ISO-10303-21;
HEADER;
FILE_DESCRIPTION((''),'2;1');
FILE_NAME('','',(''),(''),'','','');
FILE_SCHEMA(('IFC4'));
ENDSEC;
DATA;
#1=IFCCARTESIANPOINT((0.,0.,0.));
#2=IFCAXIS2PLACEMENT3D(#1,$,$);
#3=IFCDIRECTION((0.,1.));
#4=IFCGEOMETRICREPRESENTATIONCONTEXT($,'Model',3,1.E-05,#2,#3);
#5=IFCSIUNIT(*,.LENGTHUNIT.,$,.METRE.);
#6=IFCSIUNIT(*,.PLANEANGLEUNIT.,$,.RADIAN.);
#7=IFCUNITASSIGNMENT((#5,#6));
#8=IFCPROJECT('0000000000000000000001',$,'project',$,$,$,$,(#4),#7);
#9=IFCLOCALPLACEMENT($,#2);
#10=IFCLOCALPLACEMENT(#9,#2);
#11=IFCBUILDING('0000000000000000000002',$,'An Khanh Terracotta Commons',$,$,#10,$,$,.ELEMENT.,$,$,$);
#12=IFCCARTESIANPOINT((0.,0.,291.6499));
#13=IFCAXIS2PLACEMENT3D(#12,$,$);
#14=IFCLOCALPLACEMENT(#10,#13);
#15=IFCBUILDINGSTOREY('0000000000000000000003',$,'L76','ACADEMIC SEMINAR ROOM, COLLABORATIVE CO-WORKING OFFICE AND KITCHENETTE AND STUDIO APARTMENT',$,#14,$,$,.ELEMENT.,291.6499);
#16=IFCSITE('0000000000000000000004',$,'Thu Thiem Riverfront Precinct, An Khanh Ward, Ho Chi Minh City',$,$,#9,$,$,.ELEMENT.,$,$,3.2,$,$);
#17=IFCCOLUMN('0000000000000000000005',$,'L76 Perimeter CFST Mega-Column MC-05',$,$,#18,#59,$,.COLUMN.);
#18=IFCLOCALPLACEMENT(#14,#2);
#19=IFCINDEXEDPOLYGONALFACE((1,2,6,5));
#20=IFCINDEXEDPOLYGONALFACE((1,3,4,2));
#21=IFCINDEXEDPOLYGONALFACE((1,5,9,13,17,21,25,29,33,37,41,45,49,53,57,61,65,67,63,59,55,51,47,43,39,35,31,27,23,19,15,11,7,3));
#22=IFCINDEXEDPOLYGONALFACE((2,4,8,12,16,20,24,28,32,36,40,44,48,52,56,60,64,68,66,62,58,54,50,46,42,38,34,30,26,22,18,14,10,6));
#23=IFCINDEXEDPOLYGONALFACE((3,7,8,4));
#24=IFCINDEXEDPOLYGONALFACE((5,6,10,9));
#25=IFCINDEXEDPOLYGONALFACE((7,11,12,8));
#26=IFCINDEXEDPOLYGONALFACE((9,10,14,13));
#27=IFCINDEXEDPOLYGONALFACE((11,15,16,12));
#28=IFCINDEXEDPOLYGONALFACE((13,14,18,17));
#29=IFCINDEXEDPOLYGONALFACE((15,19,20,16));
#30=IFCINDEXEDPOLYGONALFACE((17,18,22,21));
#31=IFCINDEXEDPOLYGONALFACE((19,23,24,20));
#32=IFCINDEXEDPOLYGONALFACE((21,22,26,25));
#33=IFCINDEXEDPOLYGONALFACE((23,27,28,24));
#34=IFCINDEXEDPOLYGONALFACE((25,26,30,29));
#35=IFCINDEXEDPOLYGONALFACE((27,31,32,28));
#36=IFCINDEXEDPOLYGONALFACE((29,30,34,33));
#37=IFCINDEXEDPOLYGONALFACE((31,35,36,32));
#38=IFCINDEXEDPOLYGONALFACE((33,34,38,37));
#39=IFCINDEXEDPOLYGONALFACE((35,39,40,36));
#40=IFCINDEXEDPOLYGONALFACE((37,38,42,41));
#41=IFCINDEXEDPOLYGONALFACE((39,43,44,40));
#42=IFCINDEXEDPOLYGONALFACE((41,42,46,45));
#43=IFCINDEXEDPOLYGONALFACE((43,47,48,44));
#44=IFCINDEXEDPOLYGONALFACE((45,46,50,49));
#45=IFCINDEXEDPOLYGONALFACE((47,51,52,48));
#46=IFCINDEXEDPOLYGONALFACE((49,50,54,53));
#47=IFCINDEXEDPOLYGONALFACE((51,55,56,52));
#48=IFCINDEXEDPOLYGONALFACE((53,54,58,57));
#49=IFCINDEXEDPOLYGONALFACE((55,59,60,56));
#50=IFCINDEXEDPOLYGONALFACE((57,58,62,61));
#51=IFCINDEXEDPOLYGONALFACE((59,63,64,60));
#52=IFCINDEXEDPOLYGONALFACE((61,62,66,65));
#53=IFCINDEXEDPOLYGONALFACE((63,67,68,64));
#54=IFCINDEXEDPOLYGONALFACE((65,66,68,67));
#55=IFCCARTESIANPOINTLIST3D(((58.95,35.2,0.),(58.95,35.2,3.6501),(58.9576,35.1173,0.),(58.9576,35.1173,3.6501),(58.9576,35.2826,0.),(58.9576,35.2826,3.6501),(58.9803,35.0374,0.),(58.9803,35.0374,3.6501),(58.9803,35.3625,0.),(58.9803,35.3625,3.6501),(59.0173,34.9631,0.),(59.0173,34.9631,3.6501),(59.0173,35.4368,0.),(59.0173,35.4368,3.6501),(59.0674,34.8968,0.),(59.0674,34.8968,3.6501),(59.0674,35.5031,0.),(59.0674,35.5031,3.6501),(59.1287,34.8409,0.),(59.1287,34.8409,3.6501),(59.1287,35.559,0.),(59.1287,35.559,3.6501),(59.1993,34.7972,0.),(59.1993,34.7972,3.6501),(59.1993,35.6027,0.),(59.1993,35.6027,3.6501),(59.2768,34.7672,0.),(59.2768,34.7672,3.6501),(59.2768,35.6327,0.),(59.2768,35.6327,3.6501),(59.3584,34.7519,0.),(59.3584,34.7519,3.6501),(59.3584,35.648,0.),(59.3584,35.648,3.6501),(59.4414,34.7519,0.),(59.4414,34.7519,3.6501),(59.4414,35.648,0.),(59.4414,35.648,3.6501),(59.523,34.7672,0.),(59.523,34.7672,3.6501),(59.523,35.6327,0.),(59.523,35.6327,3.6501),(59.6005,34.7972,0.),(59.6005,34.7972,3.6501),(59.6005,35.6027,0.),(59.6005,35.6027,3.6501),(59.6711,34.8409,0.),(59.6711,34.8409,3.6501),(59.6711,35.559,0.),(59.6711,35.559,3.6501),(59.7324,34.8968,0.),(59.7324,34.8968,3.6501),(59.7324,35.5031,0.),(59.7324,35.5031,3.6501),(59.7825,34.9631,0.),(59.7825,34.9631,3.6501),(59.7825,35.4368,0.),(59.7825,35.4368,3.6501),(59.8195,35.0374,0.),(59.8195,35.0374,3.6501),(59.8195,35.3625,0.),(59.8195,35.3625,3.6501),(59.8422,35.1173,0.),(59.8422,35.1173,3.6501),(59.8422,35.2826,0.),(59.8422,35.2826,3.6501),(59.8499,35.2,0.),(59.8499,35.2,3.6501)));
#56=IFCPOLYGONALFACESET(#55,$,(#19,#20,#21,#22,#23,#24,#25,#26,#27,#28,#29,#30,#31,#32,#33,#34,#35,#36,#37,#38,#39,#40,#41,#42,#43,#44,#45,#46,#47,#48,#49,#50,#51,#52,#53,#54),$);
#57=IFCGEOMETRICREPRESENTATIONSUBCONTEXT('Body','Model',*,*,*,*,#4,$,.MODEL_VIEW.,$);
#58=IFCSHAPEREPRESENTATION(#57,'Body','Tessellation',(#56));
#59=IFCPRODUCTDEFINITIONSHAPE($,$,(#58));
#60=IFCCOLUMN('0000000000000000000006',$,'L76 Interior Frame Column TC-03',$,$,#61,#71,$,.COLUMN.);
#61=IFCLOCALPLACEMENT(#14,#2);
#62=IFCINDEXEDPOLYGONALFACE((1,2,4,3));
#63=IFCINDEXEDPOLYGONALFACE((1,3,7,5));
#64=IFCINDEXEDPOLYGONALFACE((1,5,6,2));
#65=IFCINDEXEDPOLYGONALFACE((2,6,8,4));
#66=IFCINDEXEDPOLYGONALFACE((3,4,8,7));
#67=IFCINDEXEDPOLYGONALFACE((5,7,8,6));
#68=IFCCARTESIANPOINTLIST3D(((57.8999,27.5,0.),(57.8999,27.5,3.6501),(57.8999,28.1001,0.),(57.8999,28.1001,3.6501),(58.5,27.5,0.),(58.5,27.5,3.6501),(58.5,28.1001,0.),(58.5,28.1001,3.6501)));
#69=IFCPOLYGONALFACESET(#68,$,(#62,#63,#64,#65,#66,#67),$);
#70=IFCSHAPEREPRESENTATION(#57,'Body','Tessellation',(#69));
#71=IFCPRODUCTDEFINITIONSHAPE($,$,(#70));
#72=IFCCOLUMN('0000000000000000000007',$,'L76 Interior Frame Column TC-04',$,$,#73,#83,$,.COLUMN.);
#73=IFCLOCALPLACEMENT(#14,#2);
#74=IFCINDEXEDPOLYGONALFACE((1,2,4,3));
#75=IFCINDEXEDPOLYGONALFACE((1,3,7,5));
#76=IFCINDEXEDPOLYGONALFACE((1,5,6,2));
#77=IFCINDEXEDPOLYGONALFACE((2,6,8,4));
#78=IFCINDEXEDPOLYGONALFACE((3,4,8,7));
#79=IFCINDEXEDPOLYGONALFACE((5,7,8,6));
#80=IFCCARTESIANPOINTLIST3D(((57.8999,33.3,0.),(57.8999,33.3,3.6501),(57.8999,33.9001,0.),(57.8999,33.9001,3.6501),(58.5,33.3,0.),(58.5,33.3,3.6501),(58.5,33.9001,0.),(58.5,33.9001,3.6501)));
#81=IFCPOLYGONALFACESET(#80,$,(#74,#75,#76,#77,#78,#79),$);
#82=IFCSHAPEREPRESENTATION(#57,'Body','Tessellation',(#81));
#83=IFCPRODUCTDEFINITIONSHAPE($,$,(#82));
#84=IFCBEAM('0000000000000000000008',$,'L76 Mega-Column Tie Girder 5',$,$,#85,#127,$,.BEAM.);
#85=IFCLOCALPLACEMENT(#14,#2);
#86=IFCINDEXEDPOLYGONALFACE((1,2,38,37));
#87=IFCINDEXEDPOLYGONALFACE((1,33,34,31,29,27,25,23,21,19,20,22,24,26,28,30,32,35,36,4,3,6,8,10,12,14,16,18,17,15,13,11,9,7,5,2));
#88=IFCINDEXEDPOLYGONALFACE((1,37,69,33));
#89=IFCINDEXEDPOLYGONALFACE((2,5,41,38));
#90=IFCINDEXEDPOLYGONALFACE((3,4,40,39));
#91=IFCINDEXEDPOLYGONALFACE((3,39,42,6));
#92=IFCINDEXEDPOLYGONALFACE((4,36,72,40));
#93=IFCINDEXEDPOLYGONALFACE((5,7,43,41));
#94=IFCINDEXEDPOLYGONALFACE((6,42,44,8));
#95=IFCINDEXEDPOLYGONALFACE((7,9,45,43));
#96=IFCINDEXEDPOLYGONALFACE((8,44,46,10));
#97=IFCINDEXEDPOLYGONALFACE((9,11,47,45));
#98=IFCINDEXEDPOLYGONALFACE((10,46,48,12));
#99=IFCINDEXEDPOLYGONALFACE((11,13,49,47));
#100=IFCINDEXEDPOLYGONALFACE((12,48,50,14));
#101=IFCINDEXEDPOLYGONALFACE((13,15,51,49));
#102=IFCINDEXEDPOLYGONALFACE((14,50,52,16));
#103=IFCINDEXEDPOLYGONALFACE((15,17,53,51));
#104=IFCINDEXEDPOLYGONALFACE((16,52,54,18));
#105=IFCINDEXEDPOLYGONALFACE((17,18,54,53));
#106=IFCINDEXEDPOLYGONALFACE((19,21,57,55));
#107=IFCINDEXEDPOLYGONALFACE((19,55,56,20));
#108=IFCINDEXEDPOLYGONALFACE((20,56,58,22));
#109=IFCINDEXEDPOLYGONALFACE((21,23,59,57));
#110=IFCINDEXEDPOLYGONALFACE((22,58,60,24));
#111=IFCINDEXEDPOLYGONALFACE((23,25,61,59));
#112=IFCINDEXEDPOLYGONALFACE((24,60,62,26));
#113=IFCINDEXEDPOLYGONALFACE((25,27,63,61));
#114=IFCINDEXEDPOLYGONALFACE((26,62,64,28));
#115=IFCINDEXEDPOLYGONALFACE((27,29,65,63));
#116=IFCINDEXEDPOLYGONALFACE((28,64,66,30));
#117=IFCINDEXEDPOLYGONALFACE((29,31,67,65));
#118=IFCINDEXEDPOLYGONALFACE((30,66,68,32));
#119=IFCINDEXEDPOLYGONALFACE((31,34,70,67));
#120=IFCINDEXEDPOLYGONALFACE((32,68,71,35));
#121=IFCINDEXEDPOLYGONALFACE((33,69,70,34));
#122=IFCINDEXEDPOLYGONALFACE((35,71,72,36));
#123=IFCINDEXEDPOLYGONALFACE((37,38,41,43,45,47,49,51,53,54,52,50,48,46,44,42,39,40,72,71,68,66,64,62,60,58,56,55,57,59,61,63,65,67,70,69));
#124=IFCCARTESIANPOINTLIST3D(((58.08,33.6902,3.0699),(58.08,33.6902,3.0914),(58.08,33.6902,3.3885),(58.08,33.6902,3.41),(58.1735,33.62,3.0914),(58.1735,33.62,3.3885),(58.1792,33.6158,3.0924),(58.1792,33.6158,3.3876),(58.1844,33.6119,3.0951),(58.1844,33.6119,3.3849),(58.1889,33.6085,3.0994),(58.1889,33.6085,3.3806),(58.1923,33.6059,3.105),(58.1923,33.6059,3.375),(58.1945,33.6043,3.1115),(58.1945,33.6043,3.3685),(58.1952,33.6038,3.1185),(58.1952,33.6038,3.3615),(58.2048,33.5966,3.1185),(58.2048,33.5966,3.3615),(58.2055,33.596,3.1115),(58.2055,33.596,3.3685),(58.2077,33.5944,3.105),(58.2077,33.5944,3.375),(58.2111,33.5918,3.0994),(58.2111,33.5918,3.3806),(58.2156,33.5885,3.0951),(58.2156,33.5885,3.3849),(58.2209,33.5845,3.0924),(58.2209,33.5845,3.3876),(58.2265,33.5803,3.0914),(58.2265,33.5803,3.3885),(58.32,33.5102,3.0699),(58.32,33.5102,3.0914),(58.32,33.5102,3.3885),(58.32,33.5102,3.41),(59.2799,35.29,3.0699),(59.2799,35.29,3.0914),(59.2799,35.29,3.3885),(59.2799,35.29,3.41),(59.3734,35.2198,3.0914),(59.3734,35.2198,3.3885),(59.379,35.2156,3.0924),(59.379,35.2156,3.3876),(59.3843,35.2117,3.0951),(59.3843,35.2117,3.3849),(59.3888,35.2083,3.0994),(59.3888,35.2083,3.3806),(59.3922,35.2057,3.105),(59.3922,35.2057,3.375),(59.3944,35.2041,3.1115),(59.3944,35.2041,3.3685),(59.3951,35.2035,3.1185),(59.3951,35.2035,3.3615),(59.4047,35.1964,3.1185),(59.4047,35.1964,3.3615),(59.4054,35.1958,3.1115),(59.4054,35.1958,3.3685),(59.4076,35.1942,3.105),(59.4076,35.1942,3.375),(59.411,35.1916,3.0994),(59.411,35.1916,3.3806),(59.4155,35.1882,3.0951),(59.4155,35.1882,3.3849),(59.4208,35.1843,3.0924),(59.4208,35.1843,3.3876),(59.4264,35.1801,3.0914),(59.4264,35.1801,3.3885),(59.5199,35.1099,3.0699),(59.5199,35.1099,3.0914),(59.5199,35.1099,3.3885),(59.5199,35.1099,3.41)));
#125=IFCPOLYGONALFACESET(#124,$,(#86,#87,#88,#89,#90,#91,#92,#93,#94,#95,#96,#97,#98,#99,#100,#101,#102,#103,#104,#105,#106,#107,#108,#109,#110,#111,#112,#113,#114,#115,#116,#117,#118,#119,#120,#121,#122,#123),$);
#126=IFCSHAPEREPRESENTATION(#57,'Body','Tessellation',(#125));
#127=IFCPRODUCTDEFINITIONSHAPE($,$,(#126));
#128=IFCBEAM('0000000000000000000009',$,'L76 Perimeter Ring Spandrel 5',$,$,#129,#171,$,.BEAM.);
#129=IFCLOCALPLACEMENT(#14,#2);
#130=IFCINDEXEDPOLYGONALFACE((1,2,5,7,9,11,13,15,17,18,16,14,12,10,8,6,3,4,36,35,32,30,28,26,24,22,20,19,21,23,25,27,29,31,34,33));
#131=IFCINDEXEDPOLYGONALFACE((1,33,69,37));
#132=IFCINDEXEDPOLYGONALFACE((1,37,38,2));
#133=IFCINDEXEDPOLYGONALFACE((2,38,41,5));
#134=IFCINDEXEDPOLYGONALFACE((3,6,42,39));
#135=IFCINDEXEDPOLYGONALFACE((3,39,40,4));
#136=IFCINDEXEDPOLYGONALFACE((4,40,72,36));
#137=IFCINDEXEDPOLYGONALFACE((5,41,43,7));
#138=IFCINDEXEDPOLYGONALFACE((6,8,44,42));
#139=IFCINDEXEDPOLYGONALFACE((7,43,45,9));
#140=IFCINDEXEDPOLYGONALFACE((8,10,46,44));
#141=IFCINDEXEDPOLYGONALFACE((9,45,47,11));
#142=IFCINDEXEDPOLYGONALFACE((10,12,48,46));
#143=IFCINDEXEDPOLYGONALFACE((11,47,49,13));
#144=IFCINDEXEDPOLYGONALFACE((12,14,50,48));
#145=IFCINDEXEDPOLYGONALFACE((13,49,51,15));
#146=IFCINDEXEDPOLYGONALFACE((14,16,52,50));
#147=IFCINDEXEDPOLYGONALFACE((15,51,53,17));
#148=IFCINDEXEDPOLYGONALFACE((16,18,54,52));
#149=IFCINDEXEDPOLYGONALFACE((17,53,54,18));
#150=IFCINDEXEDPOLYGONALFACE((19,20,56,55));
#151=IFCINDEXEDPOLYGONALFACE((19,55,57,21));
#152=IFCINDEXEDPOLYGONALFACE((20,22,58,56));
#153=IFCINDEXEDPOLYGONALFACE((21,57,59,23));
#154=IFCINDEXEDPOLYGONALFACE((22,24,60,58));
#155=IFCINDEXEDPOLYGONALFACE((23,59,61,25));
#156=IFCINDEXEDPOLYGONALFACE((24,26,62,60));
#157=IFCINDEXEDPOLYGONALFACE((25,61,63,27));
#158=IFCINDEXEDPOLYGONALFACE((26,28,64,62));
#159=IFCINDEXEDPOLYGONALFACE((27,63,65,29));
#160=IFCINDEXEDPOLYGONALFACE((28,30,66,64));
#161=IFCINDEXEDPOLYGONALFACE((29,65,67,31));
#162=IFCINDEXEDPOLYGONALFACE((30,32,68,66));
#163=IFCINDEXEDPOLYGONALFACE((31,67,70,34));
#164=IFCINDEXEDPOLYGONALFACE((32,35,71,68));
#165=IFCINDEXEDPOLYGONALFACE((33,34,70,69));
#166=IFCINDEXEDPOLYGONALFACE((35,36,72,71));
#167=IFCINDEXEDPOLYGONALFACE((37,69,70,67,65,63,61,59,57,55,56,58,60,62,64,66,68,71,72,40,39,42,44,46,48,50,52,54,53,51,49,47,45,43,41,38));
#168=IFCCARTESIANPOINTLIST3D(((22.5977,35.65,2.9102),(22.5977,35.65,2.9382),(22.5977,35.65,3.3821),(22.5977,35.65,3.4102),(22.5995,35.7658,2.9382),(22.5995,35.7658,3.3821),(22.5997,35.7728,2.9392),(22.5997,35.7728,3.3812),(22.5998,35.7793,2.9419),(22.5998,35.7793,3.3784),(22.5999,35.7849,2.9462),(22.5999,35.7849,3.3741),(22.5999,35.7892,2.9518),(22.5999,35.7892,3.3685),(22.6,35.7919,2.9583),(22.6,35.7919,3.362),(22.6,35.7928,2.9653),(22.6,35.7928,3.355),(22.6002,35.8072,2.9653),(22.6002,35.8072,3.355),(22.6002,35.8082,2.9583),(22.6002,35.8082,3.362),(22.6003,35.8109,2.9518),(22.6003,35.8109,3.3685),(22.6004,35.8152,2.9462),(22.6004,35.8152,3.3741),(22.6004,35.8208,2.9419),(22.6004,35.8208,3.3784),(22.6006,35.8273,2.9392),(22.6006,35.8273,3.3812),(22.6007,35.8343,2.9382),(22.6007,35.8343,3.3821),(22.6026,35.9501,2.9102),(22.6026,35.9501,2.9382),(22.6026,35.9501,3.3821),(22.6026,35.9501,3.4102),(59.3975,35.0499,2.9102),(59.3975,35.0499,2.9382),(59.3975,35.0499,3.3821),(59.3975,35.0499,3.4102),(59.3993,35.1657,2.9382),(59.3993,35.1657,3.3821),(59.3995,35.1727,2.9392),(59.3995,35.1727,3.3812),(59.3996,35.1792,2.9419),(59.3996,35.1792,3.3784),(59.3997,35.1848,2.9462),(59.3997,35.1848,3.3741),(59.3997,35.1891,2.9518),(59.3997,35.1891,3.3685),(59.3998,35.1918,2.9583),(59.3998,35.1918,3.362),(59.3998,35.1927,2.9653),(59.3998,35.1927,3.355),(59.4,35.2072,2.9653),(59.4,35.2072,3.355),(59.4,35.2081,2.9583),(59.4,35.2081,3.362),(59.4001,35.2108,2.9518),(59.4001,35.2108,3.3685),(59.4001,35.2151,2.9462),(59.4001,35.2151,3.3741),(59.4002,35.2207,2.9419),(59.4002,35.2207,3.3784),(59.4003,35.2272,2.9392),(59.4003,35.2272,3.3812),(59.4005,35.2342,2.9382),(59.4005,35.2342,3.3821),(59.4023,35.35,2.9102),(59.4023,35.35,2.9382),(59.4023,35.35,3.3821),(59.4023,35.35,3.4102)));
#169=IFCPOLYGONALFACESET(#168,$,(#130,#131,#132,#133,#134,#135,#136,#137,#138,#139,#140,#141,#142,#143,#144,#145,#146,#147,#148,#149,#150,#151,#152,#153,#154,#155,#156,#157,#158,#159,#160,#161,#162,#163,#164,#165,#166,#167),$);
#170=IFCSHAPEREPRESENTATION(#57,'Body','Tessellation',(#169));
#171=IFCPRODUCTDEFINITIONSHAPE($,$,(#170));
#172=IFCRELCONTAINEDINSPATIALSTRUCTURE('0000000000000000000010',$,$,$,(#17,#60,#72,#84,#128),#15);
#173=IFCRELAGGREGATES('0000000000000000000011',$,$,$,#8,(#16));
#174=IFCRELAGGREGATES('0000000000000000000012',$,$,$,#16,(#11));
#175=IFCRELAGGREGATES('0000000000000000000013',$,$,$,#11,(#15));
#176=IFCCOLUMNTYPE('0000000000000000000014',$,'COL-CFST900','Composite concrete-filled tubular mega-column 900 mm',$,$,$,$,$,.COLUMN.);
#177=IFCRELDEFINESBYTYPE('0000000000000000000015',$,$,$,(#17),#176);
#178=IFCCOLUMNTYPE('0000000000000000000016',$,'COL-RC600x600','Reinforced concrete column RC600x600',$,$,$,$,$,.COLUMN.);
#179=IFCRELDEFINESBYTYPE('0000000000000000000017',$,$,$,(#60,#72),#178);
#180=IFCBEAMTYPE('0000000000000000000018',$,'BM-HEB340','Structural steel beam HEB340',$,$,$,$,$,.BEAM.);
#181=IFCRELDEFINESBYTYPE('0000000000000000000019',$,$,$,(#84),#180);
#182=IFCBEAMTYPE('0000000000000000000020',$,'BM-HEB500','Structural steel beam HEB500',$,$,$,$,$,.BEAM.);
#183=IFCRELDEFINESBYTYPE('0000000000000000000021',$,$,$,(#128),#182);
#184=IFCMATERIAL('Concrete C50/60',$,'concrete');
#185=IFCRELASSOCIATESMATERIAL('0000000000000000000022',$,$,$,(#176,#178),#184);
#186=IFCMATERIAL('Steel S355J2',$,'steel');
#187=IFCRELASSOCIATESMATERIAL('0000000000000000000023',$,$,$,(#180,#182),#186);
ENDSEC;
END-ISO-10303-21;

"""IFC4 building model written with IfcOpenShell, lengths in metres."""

from ifc_helpers import new_model, si_unit, direction, frame, origin, origin_2d, place, context, subcontext, project, spatial, rectangle, circle, i_section, extrude, material, material_profile, profile_set, type_object, element, save


model = new_model("IFC4")

# Units and contexts
model_context = context("Model", 3, precision=1e-05, world=origin(), true_north=direction((0.0, 1.0)))
body_context = subcontext(model_context, "Body", "Model", "MODEL_VIEW")
ifc_project = project(units=[si_unit("LENGTHUNIT", "METRE"), si_unit("PLANEANGLEUNIT", "RADIAN")], contexts=[model_context])

# Site, building, storey
site_placement = place(None, origin())
site = spatial("IfcSite", under=ifc_project, at=site_placement, Name="Thu Thiem Riverfront Precinct, An Khanh Ward, Ho Chi Minh City", CompositionType="ELEMENT", RefElevation=3.2)
building_placement = place(site_placement, origin())
building = spatial("IfcBuilding", under=site, at=building_placement, Name="An Khanh Terracotta Commons", CompositionType="ELEMENT")
storey_placement = place(building_placement, frame((0.0, 0.0, 291.6499)))
storey = spatial("IfcBuildingStorey", under=building, at=storey_placement, Name="L76", Description="ACADEMIC SEMINAR ROOM, COLLABORATIVE CO-WORKING OFFICE AND KITCHENETTE AND STUDIO APARTMENT", CompositionType="ELEMENT", Elevation=291.6499)

# Columns
ifc_material_1 = material(Name="Concrete C50/60", Category="concrete")
ifc_material_profile_1 = material_profile(ifc_material_1, circle(Radius=0.45, at=origin_2d()), Name="CFST900")
ifc_profile_set_1 = profile_set([ifc_material_profile_1], Name="Concrete C50/60")
column_type_1 = type_object("IfcColumnType", Name="COL-CFST900", Description="Composite concrete-filled tubular mega-column 900 mm", PredefinedType="COLUMN", material=ifc_profile_set_1)
column_placement = place(storey_placement, frame((59.3999, 35.2, 0.0), z_axis=(0.0, 0.0, 1.0), x_axis=(1.0, 0.0, 0.0)))
element("IfcColumn", 1, at=column_placement, inside=storey, type_object=column_type_1, Name="L76 Perimeter CFST Mega-Column MC-05", PredefinedType="COLUMN", context=body_context, shape_type="SweptSolid", body=[
    extrude(circle(Radius=0.45, at=origin_2d()), origin(), (0.0, 0.0, 1.0), 3.6501),
])
ifc_material_profile_2 = material_profile(ifc_material_1, rectangle(XDim=0.6001, YDim=0.6001, at=origin_2d()), Name="RC600x600")
ifc_profile_set_2 = profile_set([ifc_material_profile_2], Name="Concrete C50/60")
column_type_2 = type_object("IfcColumnType", Name="COL-RC600x600", Description="Reinforced concrete column RC600x600", PredefinedType="COLUMN", material=ifc_profile_set_2)
for number, where, z_axis, x_axis, name in (
    (2, (58.2, 27.8, 0.0), (0.0, 0.0, 1.0), (1.0, 0.0, 0.0), "L76 Interior Frame Column TC-03"),
    (3, (58.2, 33.6001, 0.0), (0.0, 0.0, 1.0), (1.0, 0.0, 0.0), "L76 Interior Frame Column TC-04"),
):
    element("IfcColumn", number, at=place(storey_placement, frame(where, z_axis=z_axis, x_axis=x_axis)), inside=storey, type_object=column_type_2, Name=name, PredefinedType="COLUMN", context=body_context, shape_type="SweptSolid", body=[
        extrude(rectangle(XDim=0.6001, YDim=0.6001, at=origin_2d()), origin(), (0.0, 0.0, 1.0), 3.6501),
    ])

# Beams
ifc_material_2 = material(Name="Steel S355J2", Category="steel")
ifc_material_profile_3 = material_profile(ifc_material_2, i_section(OverallWidth=0.3, OverallDepth=0.3401, WebThickness=0.012, FlangeThickness=0.0215, FilletRadius=0.0271, at=origin_2d()), Name="HEB340")
ifc_profile_set_3 = profile_set([ifc_material_profile_3], Name="Steel S355J2")
beam_type_1 = type_object("IfcBeamType", Name="BM-HEB340", Description="Structural steel beam HEB340", PredefinedType="BEAM", material=ifc_profile_set_3)
beam_1_placement = place(storey_placement, frame((59.3999, 35.2, 3.24), z_axis=(-0.60002, -0.799985, 0.0), x_axis=(0.799985, -0.60002, 0.0)))
element("IfcBeam", 4, at=beam_1_placement, inside=storey, type_object=beam_type_1, Name="L76 Mega-Column Tie Girder 5", PredefinedType="BEAM", context=body_context, shape_type="SweptSolid", body=[
    extrude(i_section(OverallWidth=0.3, OverallDepth=0.3401, WebThickness=0.012, FlangeThickness=0.0215, FilletRadius=0.0271, at=origin_2d()), origin(), (0.0, 0.0, 1.0), 1.9998),
])
ifc_material_profile_4 = material_profile(ifc_material_2, i_section(OverallWidth=0.3, OverallDepth=0.5, WebThickness=0.0144, FlangeThickness=0.0281, FilletRadius=0.0271, at=origin_2d()), Name="HEB500")
ifc_profile_set_4 = profile_set([ifc_material_profile_4], Name="Steel S355J2")
beam_type_2 = type_object("IfcBeamType", Name="BM-HEB500", Description="Structural steel beam HEB500", PredefinedType="BEAM", material=ifc_profile_set_4)
beam_2_placement = place(storey_placement, frame((59.3999, 35.2, 3.1602), z_axis=(-0.999867, 0.016305, 0.0), x_axis=(-0.016305, -0.999867, 0.0)))
element("IfcBeam", 5, at=beam_2_placement, inside=storey, type_object=beam_type_2, Name="L76 Perimeter Ring Spandrel 5", PredefinedType="BEAM", context=body_context, shape_type="SweptSolid", body=[
    extrude(i_section(OverallWidth=0.3, OverallDepth=0.5, WebThickness=0.0144, FlangeThickness=0.0281, FilletRadius=0.0271, at=origin_2d()), origin(), (0.0, 0.0, 1.0), 36.8047),
])

save(model, "model.ifc")
